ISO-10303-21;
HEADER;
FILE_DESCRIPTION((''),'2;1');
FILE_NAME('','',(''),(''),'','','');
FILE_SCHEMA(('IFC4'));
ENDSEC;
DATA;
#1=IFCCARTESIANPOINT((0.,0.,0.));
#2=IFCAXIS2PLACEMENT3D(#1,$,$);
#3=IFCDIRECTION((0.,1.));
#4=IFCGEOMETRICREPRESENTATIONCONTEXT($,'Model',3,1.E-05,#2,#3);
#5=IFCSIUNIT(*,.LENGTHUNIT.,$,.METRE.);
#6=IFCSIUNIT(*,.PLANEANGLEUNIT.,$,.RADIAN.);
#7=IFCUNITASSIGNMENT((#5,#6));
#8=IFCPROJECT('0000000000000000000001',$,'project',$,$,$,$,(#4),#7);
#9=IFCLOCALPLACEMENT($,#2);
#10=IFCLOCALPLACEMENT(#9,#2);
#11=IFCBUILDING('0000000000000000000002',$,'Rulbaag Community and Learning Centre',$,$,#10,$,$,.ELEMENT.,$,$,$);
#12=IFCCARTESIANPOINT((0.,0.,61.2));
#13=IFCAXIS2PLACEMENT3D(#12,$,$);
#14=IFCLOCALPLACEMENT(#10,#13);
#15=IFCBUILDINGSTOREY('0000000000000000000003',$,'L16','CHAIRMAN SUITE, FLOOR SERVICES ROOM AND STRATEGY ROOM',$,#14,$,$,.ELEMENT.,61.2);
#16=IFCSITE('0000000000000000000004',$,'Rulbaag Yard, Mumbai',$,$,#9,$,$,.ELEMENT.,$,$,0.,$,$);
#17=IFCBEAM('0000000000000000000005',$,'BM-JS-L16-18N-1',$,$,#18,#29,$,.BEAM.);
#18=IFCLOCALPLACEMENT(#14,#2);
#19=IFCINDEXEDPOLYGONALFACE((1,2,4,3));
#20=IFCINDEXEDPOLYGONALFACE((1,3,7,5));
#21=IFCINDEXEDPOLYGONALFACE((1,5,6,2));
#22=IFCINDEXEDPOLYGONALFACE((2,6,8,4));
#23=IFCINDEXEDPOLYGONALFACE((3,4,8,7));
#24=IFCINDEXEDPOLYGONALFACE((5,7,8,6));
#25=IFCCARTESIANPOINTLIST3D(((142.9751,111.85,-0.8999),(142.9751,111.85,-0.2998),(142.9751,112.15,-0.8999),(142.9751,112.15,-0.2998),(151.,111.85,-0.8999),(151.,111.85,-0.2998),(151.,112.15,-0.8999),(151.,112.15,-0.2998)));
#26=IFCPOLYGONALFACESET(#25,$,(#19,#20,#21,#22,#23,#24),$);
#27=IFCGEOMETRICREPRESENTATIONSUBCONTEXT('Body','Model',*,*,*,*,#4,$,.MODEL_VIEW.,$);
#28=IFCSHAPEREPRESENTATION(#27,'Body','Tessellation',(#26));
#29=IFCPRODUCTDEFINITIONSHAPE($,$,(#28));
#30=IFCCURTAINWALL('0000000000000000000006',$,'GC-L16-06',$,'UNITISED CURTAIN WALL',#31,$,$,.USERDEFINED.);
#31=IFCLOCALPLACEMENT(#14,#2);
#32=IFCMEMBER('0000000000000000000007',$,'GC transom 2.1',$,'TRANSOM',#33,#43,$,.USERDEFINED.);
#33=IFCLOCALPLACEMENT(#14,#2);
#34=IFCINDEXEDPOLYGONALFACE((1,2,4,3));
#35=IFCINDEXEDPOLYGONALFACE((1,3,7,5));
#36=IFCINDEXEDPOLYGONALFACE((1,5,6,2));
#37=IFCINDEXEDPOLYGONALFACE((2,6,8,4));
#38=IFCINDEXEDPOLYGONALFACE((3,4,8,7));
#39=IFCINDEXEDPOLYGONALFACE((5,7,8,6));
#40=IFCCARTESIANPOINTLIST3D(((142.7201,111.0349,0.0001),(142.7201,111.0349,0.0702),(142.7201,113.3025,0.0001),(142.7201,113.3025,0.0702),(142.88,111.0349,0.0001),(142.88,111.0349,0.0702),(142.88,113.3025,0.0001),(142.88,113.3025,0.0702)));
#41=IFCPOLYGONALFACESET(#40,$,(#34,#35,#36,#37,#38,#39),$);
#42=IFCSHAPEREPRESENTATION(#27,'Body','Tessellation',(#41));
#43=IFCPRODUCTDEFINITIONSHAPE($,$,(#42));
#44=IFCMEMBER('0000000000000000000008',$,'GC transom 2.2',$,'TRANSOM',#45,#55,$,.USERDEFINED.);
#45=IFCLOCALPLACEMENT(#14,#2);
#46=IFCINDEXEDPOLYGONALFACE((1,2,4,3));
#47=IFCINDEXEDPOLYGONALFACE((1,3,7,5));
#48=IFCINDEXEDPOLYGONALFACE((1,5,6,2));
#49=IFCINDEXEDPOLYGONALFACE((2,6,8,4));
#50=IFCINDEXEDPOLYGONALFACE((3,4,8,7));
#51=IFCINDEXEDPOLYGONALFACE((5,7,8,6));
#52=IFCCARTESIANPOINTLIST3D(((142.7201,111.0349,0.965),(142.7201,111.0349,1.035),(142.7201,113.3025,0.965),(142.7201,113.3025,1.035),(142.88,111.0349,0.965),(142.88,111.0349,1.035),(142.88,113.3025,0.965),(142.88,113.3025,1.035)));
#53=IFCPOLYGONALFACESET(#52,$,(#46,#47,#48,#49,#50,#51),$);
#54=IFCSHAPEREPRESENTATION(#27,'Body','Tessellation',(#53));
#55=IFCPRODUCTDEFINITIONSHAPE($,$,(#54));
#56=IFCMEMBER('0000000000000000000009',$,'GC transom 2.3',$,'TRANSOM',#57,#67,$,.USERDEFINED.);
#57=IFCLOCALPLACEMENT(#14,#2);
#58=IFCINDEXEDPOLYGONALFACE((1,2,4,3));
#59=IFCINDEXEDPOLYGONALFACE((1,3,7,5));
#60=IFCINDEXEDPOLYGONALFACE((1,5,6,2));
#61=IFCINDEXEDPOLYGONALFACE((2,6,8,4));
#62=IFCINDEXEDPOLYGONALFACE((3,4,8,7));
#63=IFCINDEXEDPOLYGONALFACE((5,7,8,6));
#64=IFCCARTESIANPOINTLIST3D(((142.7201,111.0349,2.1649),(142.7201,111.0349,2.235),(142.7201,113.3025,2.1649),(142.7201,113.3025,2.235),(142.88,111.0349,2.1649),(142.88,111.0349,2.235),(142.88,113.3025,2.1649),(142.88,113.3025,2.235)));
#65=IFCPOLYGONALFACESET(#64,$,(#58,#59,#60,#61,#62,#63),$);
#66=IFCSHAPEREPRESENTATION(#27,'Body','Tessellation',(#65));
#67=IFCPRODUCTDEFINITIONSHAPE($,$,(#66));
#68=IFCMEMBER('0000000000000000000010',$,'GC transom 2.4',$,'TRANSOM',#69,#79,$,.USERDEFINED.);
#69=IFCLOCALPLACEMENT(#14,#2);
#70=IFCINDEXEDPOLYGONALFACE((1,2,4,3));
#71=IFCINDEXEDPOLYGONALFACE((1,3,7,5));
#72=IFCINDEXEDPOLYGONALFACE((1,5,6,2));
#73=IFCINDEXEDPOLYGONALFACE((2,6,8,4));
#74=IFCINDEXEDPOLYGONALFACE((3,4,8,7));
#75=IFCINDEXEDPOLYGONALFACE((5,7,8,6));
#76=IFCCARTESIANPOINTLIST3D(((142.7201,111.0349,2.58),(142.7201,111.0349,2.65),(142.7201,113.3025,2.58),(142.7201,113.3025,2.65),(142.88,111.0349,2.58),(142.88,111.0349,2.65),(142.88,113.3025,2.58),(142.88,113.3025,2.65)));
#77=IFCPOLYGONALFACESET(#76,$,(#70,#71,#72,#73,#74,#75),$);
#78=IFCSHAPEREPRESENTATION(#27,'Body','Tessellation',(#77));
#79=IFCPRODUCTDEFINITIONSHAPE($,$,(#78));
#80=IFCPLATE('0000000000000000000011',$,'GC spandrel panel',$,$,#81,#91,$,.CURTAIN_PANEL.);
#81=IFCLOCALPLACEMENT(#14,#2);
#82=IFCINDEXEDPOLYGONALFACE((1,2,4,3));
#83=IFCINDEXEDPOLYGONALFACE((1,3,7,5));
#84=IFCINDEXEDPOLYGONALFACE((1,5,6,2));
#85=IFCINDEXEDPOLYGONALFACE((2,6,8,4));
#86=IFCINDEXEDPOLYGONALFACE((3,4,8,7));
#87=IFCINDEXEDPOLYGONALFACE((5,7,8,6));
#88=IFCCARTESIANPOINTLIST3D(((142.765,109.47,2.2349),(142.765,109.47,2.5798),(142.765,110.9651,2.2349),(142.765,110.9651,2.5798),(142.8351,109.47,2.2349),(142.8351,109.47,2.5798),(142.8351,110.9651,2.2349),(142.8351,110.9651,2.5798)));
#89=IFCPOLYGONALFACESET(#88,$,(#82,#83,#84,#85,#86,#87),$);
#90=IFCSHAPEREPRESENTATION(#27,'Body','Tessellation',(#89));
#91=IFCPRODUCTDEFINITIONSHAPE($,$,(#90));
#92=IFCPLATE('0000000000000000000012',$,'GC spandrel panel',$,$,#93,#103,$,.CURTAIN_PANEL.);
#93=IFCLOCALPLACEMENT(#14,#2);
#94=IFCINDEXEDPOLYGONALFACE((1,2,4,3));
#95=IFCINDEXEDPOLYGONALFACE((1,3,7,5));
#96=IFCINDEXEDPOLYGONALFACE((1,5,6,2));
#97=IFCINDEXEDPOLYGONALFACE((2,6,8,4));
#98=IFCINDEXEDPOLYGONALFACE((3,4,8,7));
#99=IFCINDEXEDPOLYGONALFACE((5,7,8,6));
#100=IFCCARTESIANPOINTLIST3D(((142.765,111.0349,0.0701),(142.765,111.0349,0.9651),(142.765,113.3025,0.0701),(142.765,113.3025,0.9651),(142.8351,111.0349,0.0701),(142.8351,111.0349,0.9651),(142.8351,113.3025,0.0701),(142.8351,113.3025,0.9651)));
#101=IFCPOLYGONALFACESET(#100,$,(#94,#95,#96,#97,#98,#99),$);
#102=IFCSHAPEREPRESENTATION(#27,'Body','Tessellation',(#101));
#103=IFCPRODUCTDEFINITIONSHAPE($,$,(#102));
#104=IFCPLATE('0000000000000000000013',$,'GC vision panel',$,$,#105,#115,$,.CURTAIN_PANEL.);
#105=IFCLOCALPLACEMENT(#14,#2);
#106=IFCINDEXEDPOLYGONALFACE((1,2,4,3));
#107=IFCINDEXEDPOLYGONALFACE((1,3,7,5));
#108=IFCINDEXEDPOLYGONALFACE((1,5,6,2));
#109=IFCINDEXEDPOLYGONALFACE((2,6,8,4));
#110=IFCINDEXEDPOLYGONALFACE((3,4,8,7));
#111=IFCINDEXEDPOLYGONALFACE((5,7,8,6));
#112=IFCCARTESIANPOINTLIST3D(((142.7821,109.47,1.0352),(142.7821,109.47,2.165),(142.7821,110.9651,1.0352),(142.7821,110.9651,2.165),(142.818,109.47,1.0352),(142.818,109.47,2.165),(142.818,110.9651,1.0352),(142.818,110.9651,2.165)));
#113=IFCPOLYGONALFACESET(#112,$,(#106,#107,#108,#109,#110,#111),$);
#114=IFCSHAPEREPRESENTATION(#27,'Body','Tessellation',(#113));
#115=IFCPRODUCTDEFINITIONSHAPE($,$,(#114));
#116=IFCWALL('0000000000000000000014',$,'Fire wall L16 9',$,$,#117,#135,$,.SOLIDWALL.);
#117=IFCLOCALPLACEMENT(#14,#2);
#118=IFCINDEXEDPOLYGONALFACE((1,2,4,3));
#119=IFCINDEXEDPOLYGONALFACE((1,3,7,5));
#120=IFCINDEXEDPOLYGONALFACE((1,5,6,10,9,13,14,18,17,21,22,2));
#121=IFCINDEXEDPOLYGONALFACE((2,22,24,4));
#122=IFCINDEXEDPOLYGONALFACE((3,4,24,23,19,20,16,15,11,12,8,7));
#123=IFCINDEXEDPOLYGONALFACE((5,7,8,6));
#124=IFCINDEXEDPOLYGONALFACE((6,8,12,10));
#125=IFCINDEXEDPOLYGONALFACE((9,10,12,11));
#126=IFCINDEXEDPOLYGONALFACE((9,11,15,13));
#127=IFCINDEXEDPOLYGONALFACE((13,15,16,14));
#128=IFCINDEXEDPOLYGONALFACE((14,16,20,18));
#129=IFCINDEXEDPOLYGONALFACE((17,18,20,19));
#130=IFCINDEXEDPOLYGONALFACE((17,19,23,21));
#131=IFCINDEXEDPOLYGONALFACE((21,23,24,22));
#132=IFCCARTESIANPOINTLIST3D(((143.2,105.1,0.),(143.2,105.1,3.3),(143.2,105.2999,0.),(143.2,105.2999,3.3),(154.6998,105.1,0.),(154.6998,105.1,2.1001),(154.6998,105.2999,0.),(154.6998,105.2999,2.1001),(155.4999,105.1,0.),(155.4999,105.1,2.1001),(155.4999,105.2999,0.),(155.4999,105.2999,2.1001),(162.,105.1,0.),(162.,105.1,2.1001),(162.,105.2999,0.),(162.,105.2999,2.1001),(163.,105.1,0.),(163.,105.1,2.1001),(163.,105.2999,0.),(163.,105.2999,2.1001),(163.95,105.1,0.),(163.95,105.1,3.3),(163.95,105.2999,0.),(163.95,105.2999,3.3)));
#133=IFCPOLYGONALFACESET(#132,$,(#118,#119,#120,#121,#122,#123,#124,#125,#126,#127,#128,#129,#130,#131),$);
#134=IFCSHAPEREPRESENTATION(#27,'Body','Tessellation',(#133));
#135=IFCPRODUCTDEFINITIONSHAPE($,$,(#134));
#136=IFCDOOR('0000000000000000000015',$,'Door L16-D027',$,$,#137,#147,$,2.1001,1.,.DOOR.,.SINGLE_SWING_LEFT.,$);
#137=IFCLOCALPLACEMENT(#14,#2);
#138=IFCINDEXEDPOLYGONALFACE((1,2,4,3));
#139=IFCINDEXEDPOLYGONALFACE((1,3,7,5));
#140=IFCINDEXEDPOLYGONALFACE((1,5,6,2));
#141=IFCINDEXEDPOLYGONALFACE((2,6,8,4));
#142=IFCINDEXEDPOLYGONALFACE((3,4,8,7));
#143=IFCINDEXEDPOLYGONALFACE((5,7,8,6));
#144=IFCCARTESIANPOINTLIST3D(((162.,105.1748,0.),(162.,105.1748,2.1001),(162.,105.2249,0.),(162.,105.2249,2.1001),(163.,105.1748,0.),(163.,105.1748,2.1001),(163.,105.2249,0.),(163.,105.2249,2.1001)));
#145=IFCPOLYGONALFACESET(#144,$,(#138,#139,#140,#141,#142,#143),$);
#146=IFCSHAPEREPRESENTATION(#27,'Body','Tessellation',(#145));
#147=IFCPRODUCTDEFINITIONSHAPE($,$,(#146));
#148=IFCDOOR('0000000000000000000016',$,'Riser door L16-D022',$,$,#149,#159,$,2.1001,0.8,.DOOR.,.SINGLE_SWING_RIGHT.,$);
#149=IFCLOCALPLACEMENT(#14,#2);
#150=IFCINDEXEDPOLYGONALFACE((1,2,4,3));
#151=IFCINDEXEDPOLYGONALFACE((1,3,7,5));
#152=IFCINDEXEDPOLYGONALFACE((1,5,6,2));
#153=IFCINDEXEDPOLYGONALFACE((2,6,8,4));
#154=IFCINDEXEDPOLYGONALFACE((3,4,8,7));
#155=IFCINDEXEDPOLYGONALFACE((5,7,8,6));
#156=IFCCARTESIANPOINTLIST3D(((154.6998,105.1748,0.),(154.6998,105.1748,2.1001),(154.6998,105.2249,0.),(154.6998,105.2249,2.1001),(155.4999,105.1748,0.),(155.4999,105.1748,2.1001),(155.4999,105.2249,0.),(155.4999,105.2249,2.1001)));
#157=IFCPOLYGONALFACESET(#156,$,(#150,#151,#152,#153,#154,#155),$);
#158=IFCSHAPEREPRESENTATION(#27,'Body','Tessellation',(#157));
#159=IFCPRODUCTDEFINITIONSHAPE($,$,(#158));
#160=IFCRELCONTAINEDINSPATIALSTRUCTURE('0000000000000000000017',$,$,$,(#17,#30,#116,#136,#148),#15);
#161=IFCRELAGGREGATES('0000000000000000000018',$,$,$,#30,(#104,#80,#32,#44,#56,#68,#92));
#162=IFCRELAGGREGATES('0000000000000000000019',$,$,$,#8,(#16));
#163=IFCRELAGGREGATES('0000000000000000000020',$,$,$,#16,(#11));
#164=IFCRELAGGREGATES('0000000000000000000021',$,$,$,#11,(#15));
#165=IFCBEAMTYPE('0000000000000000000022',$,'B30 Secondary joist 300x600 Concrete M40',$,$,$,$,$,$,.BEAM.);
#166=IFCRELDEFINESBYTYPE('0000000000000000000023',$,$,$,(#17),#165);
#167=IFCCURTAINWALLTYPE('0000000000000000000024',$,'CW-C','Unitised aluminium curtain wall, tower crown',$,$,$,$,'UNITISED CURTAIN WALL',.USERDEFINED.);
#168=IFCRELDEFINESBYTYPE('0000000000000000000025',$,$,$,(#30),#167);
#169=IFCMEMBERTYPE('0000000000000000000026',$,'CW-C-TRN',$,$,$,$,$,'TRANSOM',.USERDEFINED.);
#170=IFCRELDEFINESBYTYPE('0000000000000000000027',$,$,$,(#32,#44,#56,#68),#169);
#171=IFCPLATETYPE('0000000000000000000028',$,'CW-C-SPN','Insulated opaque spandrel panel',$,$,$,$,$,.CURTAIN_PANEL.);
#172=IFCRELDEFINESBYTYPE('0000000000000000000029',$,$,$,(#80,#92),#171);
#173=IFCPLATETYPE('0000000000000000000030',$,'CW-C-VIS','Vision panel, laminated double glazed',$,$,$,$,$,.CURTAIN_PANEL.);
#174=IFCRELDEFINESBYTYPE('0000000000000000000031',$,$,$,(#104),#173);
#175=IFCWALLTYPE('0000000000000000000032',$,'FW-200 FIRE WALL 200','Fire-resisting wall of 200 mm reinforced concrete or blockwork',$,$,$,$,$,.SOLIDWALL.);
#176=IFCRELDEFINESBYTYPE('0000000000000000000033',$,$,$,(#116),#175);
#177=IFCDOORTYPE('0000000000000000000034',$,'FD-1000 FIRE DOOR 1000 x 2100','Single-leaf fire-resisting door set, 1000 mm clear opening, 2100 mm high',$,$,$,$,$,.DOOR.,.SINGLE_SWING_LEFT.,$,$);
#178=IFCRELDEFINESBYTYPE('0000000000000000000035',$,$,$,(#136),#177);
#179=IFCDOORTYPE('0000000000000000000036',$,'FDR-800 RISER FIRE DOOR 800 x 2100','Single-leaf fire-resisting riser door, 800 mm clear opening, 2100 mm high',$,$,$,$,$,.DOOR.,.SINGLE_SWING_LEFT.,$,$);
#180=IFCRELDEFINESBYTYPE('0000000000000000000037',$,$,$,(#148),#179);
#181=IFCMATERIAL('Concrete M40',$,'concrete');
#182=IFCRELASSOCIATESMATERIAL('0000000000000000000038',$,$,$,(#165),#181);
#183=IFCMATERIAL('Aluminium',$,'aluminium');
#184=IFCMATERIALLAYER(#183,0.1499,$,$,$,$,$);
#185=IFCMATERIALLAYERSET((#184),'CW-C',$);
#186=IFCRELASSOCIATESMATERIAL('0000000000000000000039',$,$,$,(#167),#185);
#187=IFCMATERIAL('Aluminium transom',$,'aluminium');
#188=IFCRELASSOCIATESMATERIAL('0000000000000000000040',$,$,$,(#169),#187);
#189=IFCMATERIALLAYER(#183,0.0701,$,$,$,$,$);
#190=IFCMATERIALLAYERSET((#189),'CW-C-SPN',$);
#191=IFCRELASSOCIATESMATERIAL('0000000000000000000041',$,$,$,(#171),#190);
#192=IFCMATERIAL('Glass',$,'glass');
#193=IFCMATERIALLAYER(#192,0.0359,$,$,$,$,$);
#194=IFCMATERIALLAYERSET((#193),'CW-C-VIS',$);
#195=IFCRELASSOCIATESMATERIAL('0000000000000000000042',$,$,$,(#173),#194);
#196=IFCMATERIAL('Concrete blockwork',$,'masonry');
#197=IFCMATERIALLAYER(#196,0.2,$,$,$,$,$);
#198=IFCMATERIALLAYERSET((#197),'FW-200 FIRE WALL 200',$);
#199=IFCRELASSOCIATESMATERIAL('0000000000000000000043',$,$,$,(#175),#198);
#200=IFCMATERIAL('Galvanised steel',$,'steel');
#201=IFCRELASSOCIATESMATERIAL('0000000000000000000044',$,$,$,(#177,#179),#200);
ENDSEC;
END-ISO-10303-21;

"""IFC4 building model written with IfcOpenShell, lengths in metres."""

from ifc_helpers import new_model, si_unit, direction, frame, frame_2d, origin, origin_2d, place, context, subcontext, project, spatial, rectangle, extrude, material, layer, layer_set, material_profile, profile_set, type_object, element, fill, aggregate, save


model = new_model("IFC4")

# Units and contexts
model_context = context("Model", 3, precision=1e-05, world=origin(), true_north=direction((0.0, 1.0)))
body_context = subcontext(model_context, "Body", "Model", "MODEL_VIEW")
ifc_project = project(units=[si_unit("LENGTHUNIT", "METRE"), si_unit("PLANEANGLEUNIT", "RADIAN")], contexts=[model_context])

# Site, building, storey
site_placement = place(None, origin())
site = spatial("IfcSite", under=ifc_project, at=site_placement, Name="Rulbaag Yard, Mumbai", CompositionType="ELEMENT", RefElevation=0.0)
building_placement = place(site_placement, origin())
building = spatial("IfcBuilding", under=site, at=building_placement, Name="Rulbaag Community and Learning Centre", CompositionType="ELEMENT")
storey_placement = place(building_placement, frame((0.0, 0.0, 61.2)))
storey = spatial("IfcBuildingStorey", under=building, at=storey_placement, Name="L16", Description="CHAIRMAN SUITE, FLOOR SERVICES ROOM AND STRATEGY ROOM", CompositionType="ELEMENT", Elevation=61.2)

# Beam
ifc_material_1 = material(Name="Concrete M40", Category="concrete")
ifc_material_profile_1 = material_profile(ifc_material_1, rectangle(XDim=0.3, YDim=0.6001, at=origin_2d()), Name="RB300x600")
ifc_profile_set_1 = profile_set([ifc_material_profile_1], Name="Concrete M40")
beam_type = type_object("IfcBeamType", Name="B30 Secondary joist 300x600 Concrete M40", PredefinedType="BEAM", material=ifc_profile_set_1)
beam_placement = place(storey_placement, frame((142.9751, 112.0, -0.5999), z_axis=(1.0, 0.0, 0.0), x_axis=(0.0, 1.0, 0.0)))
element("IfcBeam", 1, at=beam_placement, inside=storey, type_object=beam_type, Name="BM-JS-L16-18N-1", PredefinedType="BEAM", context=body_context, shape_type="SweptSolid", body=[
    extrude(rectangle(XDim=0.3, YDim=0.6001, at=origin_2d()), origin(), (0.0, 0.0, 1.0), 8.0249),
])

# Curtain wall, members, plates
ifc_material_2 = material(Name="Aluminium", Category="aluminium")
ifc_layer_1 = layer(ifc_material_2, 0.1499)
ifc_layer_set_1 = layer_set([ifc_layer_1], Name="CW-C")
curtain_wall_type = type_object("IfcCurtainWallType", Name="CW-C", Description="Unitised aluminium curtain wall, tower crown", ElementType="UNITISED CURTAIN WALL", PredefinedType="USERDEFINED", material=ifc_layer_set_1)
curtain_wall_placement = place(storey_placement, origin())
curtain_wall = element("IfcCurtainWall", 2, at=curtain_wall_placement, inside=storey, type_object=curtain_wall_type, Name="GC-L16-06", ObjectType="UNITISED CURTAIN WALL", PredefinedType="USERDEFINED")
ifc_material_3 = material(Name="Aluminium transom", Category="aluminium")
ifc_material_profile_2 = material_profile(ifc_material_3, rectangle(XDim=0.1599, YDim=0.0701, at=origin_2d()), Name="AL 70x160 T")
ifc_profile_set_2 = profile_set([ifc_material_profile_2], Name="Aluminium transom")
member_type = type_object("IfcMemberType", Name="CW-C-TRN", ElementType="TRANSOM", PredefinedType="USERDEFINED", material=ifc_profile_set_2)
member_1_placement = place(storey_placement, frame((142.8, 111.0349, 0.0352), z_axis=(0.0, 1.0, 0.0), x_axis=(-1.0, 0.0, 0.0)))
member_1 = element("IfcMember", 3, at=member_1_placement, type_object=member_type, Name="GC transom 2.1", ObjectType="TRANSOM", PredefinedType="USERDEFINED", context=body_context, shape_type="SweptSolid", body=[
    extrude(rectangle(XDim=0.1599, YDim=0.0701, at=origin_2d()), origin(), (0.0, 0.0, 1.0), 2.2676),
])
member_2_placement = place(storey_placement, frame((142.8, 111.0349, 1.0), z_axis=(0.0, 1.0, 0.0), x_axis=(-1.0, 0.0, 0.0)))
member_2 = element("IfcMember", 4, at=member_2_placement, type_object=member_type, Name="GC transom 2.2", ObjectType="TRANSOM", PredefinedType="USERDEFINED", context=body_context, shape_type="SweptSolid", body=[
    extrude(rectangle(XDim=0.1599, YDim=0.0701, at=origin_2d()), origin(), (0.0, 0.0, 1.0), 2.2676),
])
member_3_placement = place(storey_placement, frame((142.8, 111.0349, 2.2), z_axis=(0.0, 1.0, 0.0), x_axis=(-1.0, 0.0, 0.0)))
member_3 = element("IfcMember", 5, at=member_3_placement, type_object=member_type, Name="GC transom 2.3", ObjectType="TRANSOM", PredefinedType="USERDEFINED", context=body_context, shape_type="SweptSolid", body=[
    extrude(rectangle(XDim=0.1599, YDim=0.0701, at=origin_2d()), origin(), (0.0, 0.0, 1.0), 2.2676),
])
member_4_placement = place(storey_placement, frame((142.8, 111.0349, 2.615), z_axis=(0.0, 1.0, 0.0), x_axis=(-1.0, 0.0, 0.0)))
member_4 = element("IfcMember", 6, at=member_4_placement, type_object=member_type, Name="GC transom 2.4", ObjectType="TRANSOM", PredefinedType="USERDEFINED", context=body_context, shape_type="SweptSolid", body=[
    extrude(rectangle(XDim=0.1599, YDim=0.0701, at=origin_2d()), origin(), (0.0, 0.0, 1.0), 2.2676),
])
ifc_layer_2 = layer(ifc_material_2, 0.0701)
ifc_layer_set_2 = layer_set([ifc_layer_2], Name="CW-C-SPN")
plate_type_1 = type_object("IfcPlateType", Name="CW-C-SPN", Description="Insulated opaque spandrel panel", PredefinedType="CURTAIN_PANEL", material=ifc_layer_set_2)
plate_1_placement = place(storey_placement, frame((142.8, 110.2175, 2.2349), z_axis=(0.0, 0.0, 1.0), x_axis=(0.0, 1.0, 0.0)))
plate_1 = element("IfcPlate", 7, at=plate_1_placement, type_object=plate_type_1, Name="GC spandrel panel", PredefinedType="CURTAIN_PANEL", context=body_context, shape_type="SweptSolid", body=[
    extrude(rectangle(XDim=1.4951, YDim=0.0701, at=origin_2d()), origin(), (0.0, 0.0, 1.0), 0.345),
])
plate_2_placement = place(storey_placement, frame((142.8, 112.1687, 0.0701), z_axis=(0.0, 0.0, 1.0), x_axis=(0.0, 1.0, 0.0)))
plate_2 = element("IfcPlate", 8, at=plate_2_placement, type_object=plate_type_1, Name="GC spandrel panel", PredefinedType="CURTAIN_PANEL", context=body_context, shape_type="SweptSolid", body=[
    extrude(rectangle(XDim=2.2676, YDim=0.0701, at=origin_2d()), origin(), (0.0, 0.0, 1.0), 0.895),
])
ifc_material_4 = material(Name="Glass", Category="glass")
ifc_layer_3 = layer(ifc_material_4, 0.0359)
ifc_layer_set_3 = layer_set([ifc_layer_3], Name="CW-C-VIS")
plate_type_2 = type_object("IfcPlateType", Name="CW-C-VIS", Description="Vision panel, laminated double glazed", PredefinedType="CURTAIN_PANEL", material=ifc_layer_set_3)
plate_3_placement = place(storey_placement, frame((142.8, 110.2175, 1.0352), z_axis=(0.0, 0.0, 1.0), x_axis=(0.0, 1.0, 0.0)))
plate_3 = element("IfcPlate", 9, at=plate_3_placement, type_object=plate_type_2, Name="GC vision panel", PredefinedType="CURTAIN_PANEL", context=body_context, shape_type="SweptSolid", body=[
    extrude(rectangle(XDim=1.4951, YDim=0.0359, at=origin_2d()), origin(), (0.0, 0.0, 1.0), 1.1299),
])
aggregate(curtain_wall, [plate_3, plate_1, member_1, member_2, member_3, member_4, plate_2])

# Wall, openings, doors
ifc_material_5 = material(Name="Concrete blockwork", Category="masonry")
ifc_layer_4 = layer(ifc_material_5, 0.2)
ifc_layer_set_4 = layer_set([ifc_layer_4], Name="FW-200 FIRE WALL 200")
wall_type_1 = type_object("IfcWallType", Name="FW-200 FIRE WALL 200", Description="Fire-resisting wall of 200 mm reinforced concrete or blockwork", PredefinedType="SOLIDWALL", material=ifc_layer_set_4)
wall_1_placement = place(storey_placement, frame((143.2, 105.2, 0.0), z_axis=(0.0, 0.0, 1.0), x_axis=(1.0, 0.0, 0.0)))
wall_1 = element("IfcWall", 10, at=wall_1_placement, inside=storey, type_object=wall_type_1, Name="Fire wall L16 9", PredefinedType="SOLIDWALL", context=body_context, shape_type="SweptSolid", body=[
    extrude(rectangle(XDim=20.75, YDim=0.2, at=frame_2d((10.375, 0.0))), origin(), (0.0, 0.0, 1.0), 3.3),
])
opening_1_placement = place(wall_1_placement, frame((11.5, 0.0, 0.0)))
opening_1 = element("IfcOpeningElement", 11, at=opening_1_placement, cuts=wall_1, PredefinedType="OPENING", context=body_context, shape_type="SweptSolid", body=[
    extrude(rectangle(XDim=0.8, YDim=2.1001, at=frame_2d((0.3999, 1.05))), frame((0.0, 0.1099, 0.0), z_axis=(0.0, -1.0, 0.0), x_axis=(1.0, 0.0, 0.0)), (0.0, 0.0, 1.0), 0.22),
])
opening_2_placement = place(wall_1_placement, frame((18.8, 0.0, 0.0)))
opening_2 = element("IfcOpeningElement", 12, at=opening_2_placement, cuts=wall_1, PredefinedType="OPENING", context=body_context, shape_type="SweptSolid", body=[
    extrude(rectangle(XDim=1.0, YDim=2.1001, at=frame_2d((0.5, 1.05))), frame((0.0, 0.1099, 0.0), z_axis=(0.0, -1.0, 0.0), x_axis=(1.0, 0.0, 0.0)), (0.0, 0.0, 1.0), 0.22),
])
ifc_material_6 = material(Name="Galvanised steel", Category="steel")
door_type_1 = type_object("IfcDoorType", Name="FD-1000 FIRE DOOR 1000 x 2100", Description="Single-leaf fire-resisting door set, 1000 mm clear opening, 2100 mm high", OperationType="SINGLE_SWING_LEFT", PredefinedType="DOOR", material=ifc_material_6)
door_1_placement = place(opening_2_placement, origin())
door_1 = element("IfcDoor", 13, at=door_1_placement, inside=storey, type_object=door_type_1, Name="Door L16-D027", OperationType="SINGLE_SWING_LEFT", OverallHeight=2.1001, OverallWidth=1.0, PredefinedType="DOOR", context=body_context, shape_type="SweptSolid", body=[
    extrude(rectangle(XDim=1.0, YDim=2.1001, at=frame_2d((0.5, 1.05))), frame((0.0, 0.0249, 0.0), z_axis=(0.0, -1.0, 0.0), x_axis=(1.0, 0.0, 0.0)), (0.0, 0.0, 1.0), 0.05),
])
fill(opening_2, door_1)
door_type_2 = type_object("IfcDoorType", Name="FDR-800 RISER FIRE DOOR 800 x 2100", Description="Single-leaf fire-resisting riser door, 800 mm clear opening, 2100 mm high", OperationType="SINGLE_SWING_LEFT", PredefinedType="DOOR", material=ifc_material_6)
door_2_placement = place(opening_1_placement, origin())
door_2 = element("IfcDoor", 14, at=door_2_placement, inside=storey, type_object=door_type_2, Name="Riser door L16-D022", OperationType="SINGLE_SWING_RIGHT", OverallHeight=2.1001, OverallWidth=0.8, PredefinedType="DOOR", context=body_context, shape_type="SweptSolid", body=[
    extrude(rectangle(XDim=0.8, YDim=2.1001, at=frame_2d((0.3999, 1.05))), frame((0.0, 0.0249, 0.0), z_axis=(0.0, -1.0, 0.0), x_axis=(1.0, 0.0, 0.0)), (0.0, 0.0, 1.0), 0.05),
])
fill(opening_1, door_2)

save(model, "model.ifc")
